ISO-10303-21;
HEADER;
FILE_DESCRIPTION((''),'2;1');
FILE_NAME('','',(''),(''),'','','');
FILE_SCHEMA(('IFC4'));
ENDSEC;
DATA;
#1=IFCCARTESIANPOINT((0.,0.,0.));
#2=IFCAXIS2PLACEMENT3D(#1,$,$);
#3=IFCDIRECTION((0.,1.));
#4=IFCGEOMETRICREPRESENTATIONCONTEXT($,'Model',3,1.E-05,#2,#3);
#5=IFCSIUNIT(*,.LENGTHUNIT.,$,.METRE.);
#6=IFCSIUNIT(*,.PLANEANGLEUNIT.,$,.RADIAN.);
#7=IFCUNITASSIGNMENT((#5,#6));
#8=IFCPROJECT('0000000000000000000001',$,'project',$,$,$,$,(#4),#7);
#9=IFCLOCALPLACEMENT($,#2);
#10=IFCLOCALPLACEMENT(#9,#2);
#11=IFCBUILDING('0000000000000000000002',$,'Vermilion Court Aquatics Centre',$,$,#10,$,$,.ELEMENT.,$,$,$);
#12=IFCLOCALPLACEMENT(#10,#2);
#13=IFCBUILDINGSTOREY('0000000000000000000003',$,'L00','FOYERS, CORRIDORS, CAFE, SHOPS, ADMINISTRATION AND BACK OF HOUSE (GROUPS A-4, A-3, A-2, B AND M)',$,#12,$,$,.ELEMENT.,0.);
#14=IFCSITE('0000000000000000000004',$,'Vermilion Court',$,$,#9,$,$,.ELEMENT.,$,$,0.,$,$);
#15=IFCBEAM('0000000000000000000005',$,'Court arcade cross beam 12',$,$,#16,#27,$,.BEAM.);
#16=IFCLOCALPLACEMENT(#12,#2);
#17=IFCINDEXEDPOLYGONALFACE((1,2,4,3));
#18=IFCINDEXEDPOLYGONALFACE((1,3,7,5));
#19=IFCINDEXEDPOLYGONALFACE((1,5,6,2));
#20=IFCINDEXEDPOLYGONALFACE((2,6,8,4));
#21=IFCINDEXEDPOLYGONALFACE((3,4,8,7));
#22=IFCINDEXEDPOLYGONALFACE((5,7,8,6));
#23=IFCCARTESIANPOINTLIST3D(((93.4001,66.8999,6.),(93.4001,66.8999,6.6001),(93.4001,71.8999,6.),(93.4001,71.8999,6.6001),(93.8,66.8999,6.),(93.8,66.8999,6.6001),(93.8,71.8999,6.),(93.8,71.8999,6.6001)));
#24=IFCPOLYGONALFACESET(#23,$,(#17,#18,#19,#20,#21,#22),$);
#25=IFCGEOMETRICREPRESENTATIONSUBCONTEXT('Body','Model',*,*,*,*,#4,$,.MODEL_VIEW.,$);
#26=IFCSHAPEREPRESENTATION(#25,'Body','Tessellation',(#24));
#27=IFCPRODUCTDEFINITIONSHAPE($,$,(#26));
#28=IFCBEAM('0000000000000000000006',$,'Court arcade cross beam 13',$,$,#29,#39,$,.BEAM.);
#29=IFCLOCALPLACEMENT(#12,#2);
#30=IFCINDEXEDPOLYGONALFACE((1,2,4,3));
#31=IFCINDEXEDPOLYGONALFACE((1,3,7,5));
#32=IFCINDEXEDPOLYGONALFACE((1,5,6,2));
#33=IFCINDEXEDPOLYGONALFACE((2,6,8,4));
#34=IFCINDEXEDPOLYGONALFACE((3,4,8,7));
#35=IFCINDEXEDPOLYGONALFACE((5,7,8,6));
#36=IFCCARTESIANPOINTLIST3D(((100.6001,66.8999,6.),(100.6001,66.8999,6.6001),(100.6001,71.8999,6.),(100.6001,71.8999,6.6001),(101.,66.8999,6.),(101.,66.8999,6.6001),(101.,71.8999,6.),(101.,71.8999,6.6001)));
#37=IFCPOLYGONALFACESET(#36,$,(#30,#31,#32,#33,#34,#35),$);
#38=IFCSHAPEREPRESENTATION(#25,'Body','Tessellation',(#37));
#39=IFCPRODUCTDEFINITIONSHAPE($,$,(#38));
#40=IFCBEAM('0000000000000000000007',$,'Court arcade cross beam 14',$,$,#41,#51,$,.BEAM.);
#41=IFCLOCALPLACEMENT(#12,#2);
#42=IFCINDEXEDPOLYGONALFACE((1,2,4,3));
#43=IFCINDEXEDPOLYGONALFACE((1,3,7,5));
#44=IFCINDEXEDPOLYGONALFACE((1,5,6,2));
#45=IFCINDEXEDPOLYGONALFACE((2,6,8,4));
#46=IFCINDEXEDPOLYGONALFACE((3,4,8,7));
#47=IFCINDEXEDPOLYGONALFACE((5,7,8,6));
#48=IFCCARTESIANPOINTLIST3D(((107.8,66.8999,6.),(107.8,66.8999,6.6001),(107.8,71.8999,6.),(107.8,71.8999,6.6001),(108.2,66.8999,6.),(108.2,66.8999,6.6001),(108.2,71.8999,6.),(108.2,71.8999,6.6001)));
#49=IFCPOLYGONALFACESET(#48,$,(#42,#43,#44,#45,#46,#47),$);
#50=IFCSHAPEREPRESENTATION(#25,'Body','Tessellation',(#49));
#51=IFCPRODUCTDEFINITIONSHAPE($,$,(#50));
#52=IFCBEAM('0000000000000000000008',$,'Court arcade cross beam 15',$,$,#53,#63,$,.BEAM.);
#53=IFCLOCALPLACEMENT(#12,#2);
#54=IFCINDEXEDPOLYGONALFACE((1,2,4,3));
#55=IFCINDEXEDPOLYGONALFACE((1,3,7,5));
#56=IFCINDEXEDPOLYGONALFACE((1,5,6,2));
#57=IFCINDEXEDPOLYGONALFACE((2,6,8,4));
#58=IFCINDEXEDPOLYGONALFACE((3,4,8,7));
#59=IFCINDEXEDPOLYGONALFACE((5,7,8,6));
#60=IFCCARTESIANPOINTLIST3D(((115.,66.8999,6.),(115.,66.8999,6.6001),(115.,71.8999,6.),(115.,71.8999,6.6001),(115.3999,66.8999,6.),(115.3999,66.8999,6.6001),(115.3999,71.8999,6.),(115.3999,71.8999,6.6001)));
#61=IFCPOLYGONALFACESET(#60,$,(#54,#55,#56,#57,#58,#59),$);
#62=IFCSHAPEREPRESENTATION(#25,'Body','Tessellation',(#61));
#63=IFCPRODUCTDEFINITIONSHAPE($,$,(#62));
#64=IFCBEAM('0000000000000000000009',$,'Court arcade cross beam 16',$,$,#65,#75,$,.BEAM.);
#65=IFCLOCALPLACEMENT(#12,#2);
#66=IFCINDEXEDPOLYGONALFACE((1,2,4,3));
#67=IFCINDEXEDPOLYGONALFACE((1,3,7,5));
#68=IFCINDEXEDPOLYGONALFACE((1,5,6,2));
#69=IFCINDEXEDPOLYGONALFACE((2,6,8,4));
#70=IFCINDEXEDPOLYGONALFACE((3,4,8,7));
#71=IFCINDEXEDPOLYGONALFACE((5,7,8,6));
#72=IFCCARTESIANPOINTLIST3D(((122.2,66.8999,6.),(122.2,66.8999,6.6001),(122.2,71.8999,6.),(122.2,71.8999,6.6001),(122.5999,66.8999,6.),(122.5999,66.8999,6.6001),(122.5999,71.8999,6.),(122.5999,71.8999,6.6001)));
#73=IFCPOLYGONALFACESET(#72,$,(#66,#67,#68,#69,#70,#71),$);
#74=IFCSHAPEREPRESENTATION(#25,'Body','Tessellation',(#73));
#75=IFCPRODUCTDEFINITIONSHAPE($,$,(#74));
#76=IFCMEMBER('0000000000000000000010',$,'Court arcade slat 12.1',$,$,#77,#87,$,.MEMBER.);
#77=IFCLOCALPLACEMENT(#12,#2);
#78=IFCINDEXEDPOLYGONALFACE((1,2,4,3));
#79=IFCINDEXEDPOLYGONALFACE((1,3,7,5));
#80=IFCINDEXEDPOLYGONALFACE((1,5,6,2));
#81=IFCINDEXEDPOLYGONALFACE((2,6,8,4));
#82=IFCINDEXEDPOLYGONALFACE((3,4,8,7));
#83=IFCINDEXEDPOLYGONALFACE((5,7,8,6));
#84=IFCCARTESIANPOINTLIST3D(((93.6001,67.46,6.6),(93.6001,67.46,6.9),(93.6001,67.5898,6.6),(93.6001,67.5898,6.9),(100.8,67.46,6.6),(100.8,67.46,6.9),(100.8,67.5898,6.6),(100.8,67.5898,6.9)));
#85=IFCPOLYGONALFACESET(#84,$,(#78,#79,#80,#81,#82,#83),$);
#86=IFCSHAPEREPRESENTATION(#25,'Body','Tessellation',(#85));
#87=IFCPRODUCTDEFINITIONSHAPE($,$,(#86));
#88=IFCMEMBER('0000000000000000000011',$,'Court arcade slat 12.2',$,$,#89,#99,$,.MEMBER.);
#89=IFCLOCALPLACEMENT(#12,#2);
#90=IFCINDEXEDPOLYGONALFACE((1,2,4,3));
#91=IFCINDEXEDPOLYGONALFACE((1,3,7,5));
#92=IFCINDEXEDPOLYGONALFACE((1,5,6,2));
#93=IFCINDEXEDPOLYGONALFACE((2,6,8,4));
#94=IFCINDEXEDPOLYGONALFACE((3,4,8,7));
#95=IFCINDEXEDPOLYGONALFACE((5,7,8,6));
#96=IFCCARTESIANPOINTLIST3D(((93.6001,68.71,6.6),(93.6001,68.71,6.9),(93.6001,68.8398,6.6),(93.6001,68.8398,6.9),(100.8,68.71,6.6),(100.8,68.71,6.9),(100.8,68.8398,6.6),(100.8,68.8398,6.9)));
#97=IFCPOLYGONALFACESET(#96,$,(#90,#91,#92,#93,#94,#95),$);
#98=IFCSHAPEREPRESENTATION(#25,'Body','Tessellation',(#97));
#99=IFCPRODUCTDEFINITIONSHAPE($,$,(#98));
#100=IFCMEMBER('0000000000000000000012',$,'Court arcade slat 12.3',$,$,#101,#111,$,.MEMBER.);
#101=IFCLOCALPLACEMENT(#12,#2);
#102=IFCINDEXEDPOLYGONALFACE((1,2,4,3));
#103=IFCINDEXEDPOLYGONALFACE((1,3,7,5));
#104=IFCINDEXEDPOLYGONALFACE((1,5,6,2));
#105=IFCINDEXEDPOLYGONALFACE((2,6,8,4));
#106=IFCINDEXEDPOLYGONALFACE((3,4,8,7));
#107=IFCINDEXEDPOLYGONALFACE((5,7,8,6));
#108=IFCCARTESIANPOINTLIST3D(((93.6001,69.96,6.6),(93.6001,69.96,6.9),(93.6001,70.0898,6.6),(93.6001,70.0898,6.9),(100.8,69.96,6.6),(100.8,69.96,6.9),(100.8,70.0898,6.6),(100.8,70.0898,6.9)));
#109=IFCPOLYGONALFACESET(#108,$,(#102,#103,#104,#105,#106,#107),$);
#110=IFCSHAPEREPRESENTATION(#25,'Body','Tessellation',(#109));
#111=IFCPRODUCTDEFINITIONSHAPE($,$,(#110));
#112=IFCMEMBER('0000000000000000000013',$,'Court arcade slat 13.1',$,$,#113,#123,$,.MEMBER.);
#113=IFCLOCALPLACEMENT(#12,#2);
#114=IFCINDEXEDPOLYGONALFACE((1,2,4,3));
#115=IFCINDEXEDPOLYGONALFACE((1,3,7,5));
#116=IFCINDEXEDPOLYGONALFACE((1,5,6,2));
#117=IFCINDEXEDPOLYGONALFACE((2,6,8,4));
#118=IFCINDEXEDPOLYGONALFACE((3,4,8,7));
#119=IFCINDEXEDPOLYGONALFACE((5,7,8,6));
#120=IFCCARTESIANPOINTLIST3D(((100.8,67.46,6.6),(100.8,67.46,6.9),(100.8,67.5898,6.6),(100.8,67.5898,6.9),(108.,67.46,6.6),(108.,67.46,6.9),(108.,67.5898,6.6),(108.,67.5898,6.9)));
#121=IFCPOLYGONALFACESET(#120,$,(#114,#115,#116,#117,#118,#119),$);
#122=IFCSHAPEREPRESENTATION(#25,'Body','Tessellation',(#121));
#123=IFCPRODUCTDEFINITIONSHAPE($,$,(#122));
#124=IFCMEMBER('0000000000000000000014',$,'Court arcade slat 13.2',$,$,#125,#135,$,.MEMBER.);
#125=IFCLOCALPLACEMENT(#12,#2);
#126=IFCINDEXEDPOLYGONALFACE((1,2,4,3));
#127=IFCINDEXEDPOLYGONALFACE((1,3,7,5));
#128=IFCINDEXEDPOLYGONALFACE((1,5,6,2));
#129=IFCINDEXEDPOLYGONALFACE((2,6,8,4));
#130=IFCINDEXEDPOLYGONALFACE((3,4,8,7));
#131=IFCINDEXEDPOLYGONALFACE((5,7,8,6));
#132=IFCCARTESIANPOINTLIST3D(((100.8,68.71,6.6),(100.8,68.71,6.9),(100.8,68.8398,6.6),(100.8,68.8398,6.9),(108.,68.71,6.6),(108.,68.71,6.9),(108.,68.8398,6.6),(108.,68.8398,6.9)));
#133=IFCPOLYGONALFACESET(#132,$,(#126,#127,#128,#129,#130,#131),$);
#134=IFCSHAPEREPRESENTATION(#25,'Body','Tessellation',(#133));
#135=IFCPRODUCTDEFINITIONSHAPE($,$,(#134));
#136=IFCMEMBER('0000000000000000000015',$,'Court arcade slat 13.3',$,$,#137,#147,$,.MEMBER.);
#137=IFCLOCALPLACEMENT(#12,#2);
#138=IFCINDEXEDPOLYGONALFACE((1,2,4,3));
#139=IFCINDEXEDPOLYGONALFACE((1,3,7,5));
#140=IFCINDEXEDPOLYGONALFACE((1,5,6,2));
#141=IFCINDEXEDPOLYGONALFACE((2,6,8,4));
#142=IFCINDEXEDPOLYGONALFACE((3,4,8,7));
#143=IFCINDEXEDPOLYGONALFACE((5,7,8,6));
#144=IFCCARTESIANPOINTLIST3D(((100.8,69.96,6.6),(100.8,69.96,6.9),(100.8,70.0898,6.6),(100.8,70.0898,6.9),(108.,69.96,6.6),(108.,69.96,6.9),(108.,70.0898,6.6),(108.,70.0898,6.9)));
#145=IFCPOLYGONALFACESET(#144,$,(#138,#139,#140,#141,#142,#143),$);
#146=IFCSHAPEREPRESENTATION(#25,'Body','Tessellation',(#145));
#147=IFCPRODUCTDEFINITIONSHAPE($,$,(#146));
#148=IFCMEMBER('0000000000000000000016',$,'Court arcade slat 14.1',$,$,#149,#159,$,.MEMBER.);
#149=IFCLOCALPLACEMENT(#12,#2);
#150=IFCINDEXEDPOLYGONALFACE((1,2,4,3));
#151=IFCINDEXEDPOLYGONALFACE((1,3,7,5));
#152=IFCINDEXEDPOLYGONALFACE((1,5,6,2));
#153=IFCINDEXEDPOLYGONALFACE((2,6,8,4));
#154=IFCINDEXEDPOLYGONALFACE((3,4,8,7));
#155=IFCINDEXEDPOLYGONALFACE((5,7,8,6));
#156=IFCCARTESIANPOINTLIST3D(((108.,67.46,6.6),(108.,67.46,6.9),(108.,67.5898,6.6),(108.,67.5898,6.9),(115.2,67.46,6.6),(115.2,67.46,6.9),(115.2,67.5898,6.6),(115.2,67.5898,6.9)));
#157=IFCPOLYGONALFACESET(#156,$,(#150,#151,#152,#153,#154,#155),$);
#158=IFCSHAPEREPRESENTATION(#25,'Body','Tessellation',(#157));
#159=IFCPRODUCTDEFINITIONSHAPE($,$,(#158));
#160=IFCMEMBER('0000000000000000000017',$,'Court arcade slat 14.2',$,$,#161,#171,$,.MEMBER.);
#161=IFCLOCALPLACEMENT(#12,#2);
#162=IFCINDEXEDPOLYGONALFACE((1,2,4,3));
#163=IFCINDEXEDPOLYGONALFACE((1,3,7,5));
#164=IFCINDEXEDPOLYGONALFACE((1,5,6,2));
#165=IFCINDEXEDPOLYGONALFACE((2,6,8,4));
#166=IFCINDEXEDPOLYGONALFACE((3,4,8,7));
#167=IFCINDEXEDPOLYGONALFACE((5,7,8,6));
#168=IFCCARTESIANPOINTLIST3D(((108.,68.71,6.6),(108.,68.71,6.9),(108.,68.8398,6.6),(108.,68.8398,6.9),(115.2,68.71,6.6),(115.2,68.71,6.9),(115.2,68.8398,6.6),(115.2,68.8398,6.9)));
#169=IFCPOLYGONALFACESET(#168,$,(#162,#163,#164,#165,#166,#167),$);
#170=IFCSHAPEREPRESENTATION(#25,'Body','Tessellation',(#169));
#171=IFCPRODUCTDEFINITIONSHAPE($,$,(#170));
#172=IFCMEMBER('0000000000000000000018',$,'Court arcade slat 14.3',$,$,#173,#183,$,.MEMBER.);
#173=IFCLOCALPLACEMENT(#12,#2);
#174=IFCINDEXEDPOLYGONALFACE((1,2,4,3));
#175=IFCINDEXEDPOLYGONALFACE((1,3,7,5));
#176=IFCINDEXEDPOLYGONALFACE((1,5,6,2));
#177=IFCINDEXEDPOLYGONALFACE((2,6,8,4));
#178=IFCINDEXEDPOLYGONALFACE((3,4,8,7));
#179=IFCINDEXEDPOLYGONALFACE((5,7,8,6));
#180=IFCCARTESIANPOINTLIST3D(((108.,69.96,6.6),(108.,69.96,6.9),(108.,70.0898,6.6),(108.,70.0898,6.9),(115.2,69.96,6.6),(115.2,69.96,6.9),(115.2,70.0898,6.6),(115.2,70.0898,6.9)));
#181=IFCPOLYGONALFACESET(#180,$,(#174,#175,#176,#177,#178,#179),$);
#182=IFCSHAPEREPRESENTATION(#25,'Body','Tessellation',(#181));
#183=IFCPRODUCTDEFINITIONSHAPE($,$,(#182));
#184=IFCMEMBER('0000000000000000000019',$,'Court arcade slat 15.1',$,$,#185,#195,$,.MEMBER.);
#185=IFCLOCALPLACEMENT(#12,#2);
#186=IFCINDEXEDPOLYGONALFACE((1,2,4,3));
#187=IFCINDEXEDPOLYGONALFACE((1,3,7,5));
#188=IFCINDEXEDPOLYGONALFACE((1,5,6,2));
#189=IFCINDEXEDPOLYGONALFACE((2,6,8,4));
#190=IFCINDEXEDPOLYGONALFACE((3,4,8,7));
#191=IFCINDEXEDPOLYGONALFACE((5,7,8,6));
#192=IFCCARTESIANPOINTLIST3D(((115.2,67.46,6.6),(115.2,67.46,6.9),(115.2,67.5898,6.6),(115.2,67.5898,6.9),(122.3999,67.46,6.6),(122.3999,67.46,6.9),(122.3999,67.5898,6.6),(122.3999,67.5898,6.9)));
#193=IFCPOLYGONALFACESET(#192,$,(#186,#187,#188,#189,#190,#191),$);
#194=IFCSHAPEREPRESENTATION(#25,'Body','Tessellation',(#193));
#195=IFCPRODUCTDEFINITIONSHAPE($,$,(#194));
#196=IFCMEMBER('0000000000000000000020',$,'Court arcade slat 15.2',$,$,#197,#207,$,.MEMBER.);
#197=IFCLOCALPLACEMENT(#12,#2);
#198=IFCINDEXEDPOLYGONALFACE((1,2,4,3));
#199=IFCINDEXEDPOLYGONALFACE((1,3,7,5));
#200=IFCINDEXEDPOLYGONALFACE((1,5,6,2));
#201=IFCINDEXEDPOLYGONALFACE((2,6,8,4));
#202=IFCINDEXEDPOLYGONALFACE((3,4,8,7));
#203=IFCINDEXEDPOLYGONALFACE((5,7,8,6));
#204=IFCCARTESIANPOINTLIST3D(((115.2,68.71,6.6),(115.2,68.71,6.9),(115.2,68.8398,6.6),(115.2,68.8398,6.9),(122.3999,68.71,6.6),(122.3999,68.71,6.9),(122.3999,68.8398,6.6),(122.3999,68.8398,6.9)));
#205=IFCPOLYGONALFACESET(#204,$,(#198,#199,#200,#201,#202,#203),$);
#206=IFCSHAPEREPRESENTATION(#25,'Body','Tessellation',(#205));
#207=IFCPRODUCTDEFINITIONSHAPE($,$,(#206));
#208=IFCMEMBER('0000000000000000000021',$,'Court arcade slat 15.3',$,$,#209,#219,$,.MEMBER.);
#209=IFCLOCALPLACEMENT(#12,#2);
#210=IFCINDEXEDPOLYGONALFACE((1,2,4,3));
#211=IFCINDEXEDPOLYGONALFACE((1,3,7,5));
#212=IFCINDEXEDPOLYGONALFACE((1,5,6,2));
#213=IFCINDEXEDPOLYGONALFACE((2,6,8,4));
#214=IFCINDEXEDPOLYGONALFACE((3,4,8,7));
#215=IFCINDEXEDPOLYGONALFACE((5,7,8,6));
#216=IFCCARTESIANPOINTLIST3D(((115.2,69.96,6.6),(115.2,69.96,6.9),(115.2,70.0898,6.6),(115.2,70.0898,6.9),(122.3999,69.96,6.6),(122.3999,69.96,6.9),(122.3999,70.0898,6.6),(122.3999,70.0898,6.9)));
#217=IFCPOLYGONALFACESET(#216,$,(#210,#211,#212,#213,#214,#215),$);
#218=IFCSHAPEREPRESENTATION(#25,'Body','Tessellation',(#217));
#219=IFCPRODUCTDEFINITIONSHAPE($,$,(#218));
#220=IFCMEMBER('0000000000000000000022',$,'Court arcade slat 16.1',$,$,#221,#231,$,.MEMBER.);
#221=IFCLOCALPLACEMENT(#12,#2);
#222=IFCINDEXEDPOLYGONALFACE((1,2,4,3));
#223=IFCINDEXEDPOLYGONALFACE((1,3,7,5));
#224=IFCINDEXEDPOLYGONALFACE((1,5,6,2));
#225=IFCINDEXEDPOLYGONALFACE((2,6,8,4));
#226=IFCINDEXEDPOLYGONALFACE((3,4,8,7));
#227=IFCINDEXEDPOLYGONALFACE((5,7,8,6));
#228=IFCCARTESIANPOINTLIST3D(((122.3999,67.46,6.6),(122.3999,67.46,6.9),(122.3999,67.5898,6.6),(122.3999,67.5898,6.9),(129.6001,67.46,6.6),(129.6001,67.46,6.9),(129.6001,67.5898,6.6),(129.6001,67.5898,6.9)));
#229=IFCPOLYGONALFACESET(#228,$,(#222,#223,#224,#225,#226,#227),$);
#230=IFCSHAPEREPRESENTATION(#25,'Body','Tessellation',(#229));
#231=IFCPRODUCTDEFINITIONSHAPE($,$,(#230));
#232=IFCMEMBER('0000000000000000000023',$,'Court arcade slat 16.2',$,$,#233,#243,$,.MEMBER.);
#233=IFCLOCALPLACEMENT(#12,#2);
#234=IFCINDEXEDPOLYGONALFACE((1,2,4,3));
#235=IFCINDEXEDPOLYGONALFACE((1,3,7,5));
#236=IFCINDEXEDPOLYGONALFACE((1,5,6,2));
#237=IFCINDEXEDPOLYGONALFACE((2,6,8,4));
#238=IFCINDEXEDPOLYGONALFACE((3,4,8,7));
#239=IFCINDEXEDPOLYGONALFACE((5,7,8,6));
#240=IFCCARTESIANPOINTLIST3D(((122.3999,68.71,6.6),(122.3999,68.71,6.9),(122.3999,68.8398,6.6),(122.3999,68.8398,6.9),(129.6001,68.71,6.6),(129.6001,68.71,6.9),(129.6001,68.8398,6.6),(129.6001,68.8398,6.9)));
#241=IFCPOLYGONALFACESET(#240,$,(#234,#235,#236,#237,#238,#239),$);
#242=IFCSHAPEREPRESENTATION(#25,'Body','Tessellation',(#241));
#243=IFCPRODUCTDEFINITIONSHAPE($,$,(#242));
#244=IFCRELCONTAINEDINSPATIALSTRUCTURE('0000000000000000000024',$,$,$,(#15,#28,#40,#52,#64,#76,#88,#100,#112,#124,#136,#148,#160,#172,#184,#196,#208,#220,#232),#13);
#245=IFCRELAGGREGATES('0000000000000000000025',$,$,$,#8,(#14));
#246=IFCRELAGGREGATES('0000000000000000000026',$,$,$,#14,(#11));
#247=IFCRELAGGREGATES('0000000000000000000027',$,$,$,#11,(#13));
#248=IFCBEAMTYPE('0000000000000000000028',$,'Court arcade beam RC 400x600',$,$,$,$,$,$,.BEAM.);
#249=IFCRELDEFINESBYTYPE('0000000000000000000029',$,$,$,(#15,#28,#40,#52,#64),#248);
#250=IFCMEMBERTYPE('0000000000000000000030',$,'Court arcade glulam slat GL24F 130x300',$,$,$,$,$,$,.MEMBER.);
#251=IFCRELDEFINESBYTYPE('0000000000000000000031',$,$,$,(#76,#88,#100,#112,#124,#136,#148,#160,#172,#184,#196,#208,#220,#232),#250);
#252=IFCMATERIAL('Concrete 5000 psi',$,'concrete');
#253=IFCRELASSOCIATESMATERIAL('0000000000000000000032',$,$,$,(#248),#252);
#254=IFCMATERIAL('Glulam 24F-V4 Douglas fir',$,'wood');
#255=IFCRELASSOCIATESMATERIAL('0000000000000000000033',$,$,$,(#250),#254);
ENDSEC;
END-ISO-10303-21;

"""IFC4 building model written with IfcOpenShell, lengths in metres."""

from ifc_helpers import new_model, si_unit, direction, frame, origin, origin_2d, place, context, subcontext, project, spatial, rectangle, extrude, material, material_profile, profile_set, type_object, element, save


model = new_model("IFC4")

# Units and contexts
model_context = context("Model", 3, precision=1e-05, world=origin(), true_north=direction((0.0, 1.0)))
body_context = subcontext(model_context, "Body", "Model", "MODEL_VIEW")
ifc_project = project(units=[si_unit("LENGTHUNIT", "METRE"), si_unit("PLANEANGLEUNIT", "RADIAN")], contexts=[model_context])

# Site, building, storey
site_placement = place(None, origin())
site = spatial("IfcSite", under=ifc_project, at=site_placement, Name="Vermilion Court", CompositionType="ELEMENT", RefElevation=0.0)
building_placement = place(site_placement, origin())
building = spatial("IfcBuilding", under=site, at=building_placement, Name="Vermilion Court Aquatics Centre", CompositionType="ELEMENT")
storey_placement = place(building_placement, origin())
storey = spatial("IfcBuildingStorey", under=building, at=storey_placement, Name="L00", Description="FOYERS, CORRIDORS, CAFE, SHOPS, ADMINISTRATION AND BACK OF HOUSE (GROUPS A-4, A-3, A-2, B AND M)", CompositionType="ELEMENT", Elevation=0.0)

# Beams
ifc_material_1 = material(Name="Concrete 5000 psi", Category="concrete")
ifc_material_profile_1 = material_profile(ifc_material_1, rectangle(XDim=0.3999, YDim=0.6001, at=origin_2d()), Name="RC 400x600")
ifc_profile_set_1 = profile_set([ifc_material_profile_1], Name="Concrete 5000 psi")
beam_type = type_object("IfcBeamType", Name="Court arcade beam RC 400x600", PredefinedType="BEAM", material=ifc_profile_set_1)
for number, where, z_axis, x_axis, name in (
    (1, (93.6001, 66.8999, 6.3), (0.0, 1.0, 0.0), (-1.0, 0.0, 0.0), "Court arcade cross beam 12"),
    (2, (100.8, 66.8999, 6.3), (0.0, 1.0, 0.0), (-1.0, 0.0, 0.0), "Court arcade cross beam 13"),
    (3, (108.0, 66.8999, 6.3), (0.0, 1.0, 0.0), (-1.0, 0.0, 0.0), "Court arcade cross beam 14"),
    (4, (115.2, 66.8999, 6.3), (0.0, 1.0, 0.0), (-1.0, 0.0, 0.0), "Court arcade cross beam 15"),
    (5, (122.3999, 66.8999, 6.3), (0.0, 1.0, 0.0), (-1.0, 0.0, 0.0), "Court arcade cross beam 16"),
):
    element("IfcBeam", number, at=place(storey_placement, frame(where, z_axis=z_axis, x_axis=x_axis)), inside=storey, type_object=beam_type, Name=name, PredefinedType="BEAM", context=body_context, shape_type="SweptSolid", body=[
        extrude(rectangle(XDim=0.3999, YDim=0.6001, at=origin_2d()), origin(), (0.0, 0.0, 1.0), 5.0),
    ])

# Members
ifc_material_2 = material(Name="Glulam 24F-V4 Douglas fir", Category="wood")
ifc_material_profile_2 = material_profile(ifc_material_2, rectangle(XDim=0.1299, YDim=0.3, at=origin_2d()), Name="GL24F 130x300")
ifc_profile_set_2 = profile_set([ifc_material_profile_2], Name="Glulam 24F-V4 Douglas fir")
member_type = type_object("IfcMemberType", Name="Court arcade glulam slat GL24F 130x300", PredefinedType="MEMBER", material=ifc_profile_set_2)
for number, where, z_axis, x_axis, name in (
    (6, (93.6001, 67.5249, 6.75), (1.0, 0.0, 0.0), (0.0, 1.0, 0.0), "Court arcade slat 12.1"),
    (7, (93.6001, 68.7749, 6.75), (1.0, 0.0, 0.0), (0.0, 1.0, 0.0), "Court arcade slat 12.2"),
    (8, (93.6001, 70.0249, 6.75), (1.0, 0.0, 0.0), (0.0, 1.0, 0.0), "Court arcade slat 12.3"),
    (9, (100.8, 67.5249, 6.75), (1.0, 0.0, 0.0), (0.0, 1.0, 0.0), "Court arcade slat 13.1"),
    (10, (100.8, 68.7749, 6.75), (1.0, 0.0, 0.0), (0.0, 1.0, 0.0), "Court arcade slat 13.2"),
    (11, (100.8, 70.0249, 6.75), (1.0, 0.0, 0.0), (0.0, 1.0, 0.0), "Court arcade slat 13.3"),
    (12, (108.0, 67.5249, 6.75), (1.0, 0.0, 0.0), (0.0, 1.0, 0.0), "Court arcade slat 14.1"),
    (13, (108.0, 68.7749, 6.75), (1.0, 0.0, 0.0), (0.0, 1.0, 0.0), "Court arcade slat 14.2"),
    (14, (108.0, 70.0249, 6.75), (1.0, 0.0, 0.0), (0.0, 1.0, 0.0), "Court arcade slat 14.3"),
    (15, (115.2, 67.5249, 6.75), (1.0, 0.0, 0.0), (0.0, 1.0, 0.0), "Court arcade slat 15.1"),
    (16, (115.2, 68.7749, 6.75), (1.0, 0.0, 0.0), (0.0, 1.0, 0.0), "Court arcade slat 15.2"),
    (17, (115.2, 70.0249, 6.75), (1.0, 0.0, 0.0), (0.0, 1.0, 0.0), "Court arcade slat 15.3"),
):
    element("IfcMember", number, at=place(storey_placement, frame(where, z_axis=z_axis, x_axis=x_axis)), inside=storey, type_object=member_type, Name=name, PredefinedType="MEMBER", context=body_context, shape_type="SweptSolid", body=[
        extrude(rectangle(XDim=0.1299, YDim=0.3, at=origin_2d()), origin(), (0.0, 0.0, 1.0), 7.2),
    ])
for number, where, z_axis, x_axis, name in (
    (18, (122.3999, 67.5249, 6.75), (1.0, 0.0, 0.0), (0.0, 1.0, 0.0), "Court arcade slat 16.1"),
    (19, (122.3999, 68.7749, 6.75), (1.0, 0.0, 0.0), (0.0, 1.0, 0.0), "Court arcade slat 16.2"),
):
    element("IfcMember", number, at=place(storey_placement, frame(where, z_axis=z_axis, x_axis=x_axis)), inside=storey, type_object=member_type, Name=name, PredefinedType="MEMBER", context=body_context, shape_type="SweptSolid", body=[
        extrude(rectangle(XDim=0.1299, YDim=0.3, at=origin_2d()), origin(), (0.0, 0.0, 1.0), 7.2002),
    ])

save(model, "model.ifc")
